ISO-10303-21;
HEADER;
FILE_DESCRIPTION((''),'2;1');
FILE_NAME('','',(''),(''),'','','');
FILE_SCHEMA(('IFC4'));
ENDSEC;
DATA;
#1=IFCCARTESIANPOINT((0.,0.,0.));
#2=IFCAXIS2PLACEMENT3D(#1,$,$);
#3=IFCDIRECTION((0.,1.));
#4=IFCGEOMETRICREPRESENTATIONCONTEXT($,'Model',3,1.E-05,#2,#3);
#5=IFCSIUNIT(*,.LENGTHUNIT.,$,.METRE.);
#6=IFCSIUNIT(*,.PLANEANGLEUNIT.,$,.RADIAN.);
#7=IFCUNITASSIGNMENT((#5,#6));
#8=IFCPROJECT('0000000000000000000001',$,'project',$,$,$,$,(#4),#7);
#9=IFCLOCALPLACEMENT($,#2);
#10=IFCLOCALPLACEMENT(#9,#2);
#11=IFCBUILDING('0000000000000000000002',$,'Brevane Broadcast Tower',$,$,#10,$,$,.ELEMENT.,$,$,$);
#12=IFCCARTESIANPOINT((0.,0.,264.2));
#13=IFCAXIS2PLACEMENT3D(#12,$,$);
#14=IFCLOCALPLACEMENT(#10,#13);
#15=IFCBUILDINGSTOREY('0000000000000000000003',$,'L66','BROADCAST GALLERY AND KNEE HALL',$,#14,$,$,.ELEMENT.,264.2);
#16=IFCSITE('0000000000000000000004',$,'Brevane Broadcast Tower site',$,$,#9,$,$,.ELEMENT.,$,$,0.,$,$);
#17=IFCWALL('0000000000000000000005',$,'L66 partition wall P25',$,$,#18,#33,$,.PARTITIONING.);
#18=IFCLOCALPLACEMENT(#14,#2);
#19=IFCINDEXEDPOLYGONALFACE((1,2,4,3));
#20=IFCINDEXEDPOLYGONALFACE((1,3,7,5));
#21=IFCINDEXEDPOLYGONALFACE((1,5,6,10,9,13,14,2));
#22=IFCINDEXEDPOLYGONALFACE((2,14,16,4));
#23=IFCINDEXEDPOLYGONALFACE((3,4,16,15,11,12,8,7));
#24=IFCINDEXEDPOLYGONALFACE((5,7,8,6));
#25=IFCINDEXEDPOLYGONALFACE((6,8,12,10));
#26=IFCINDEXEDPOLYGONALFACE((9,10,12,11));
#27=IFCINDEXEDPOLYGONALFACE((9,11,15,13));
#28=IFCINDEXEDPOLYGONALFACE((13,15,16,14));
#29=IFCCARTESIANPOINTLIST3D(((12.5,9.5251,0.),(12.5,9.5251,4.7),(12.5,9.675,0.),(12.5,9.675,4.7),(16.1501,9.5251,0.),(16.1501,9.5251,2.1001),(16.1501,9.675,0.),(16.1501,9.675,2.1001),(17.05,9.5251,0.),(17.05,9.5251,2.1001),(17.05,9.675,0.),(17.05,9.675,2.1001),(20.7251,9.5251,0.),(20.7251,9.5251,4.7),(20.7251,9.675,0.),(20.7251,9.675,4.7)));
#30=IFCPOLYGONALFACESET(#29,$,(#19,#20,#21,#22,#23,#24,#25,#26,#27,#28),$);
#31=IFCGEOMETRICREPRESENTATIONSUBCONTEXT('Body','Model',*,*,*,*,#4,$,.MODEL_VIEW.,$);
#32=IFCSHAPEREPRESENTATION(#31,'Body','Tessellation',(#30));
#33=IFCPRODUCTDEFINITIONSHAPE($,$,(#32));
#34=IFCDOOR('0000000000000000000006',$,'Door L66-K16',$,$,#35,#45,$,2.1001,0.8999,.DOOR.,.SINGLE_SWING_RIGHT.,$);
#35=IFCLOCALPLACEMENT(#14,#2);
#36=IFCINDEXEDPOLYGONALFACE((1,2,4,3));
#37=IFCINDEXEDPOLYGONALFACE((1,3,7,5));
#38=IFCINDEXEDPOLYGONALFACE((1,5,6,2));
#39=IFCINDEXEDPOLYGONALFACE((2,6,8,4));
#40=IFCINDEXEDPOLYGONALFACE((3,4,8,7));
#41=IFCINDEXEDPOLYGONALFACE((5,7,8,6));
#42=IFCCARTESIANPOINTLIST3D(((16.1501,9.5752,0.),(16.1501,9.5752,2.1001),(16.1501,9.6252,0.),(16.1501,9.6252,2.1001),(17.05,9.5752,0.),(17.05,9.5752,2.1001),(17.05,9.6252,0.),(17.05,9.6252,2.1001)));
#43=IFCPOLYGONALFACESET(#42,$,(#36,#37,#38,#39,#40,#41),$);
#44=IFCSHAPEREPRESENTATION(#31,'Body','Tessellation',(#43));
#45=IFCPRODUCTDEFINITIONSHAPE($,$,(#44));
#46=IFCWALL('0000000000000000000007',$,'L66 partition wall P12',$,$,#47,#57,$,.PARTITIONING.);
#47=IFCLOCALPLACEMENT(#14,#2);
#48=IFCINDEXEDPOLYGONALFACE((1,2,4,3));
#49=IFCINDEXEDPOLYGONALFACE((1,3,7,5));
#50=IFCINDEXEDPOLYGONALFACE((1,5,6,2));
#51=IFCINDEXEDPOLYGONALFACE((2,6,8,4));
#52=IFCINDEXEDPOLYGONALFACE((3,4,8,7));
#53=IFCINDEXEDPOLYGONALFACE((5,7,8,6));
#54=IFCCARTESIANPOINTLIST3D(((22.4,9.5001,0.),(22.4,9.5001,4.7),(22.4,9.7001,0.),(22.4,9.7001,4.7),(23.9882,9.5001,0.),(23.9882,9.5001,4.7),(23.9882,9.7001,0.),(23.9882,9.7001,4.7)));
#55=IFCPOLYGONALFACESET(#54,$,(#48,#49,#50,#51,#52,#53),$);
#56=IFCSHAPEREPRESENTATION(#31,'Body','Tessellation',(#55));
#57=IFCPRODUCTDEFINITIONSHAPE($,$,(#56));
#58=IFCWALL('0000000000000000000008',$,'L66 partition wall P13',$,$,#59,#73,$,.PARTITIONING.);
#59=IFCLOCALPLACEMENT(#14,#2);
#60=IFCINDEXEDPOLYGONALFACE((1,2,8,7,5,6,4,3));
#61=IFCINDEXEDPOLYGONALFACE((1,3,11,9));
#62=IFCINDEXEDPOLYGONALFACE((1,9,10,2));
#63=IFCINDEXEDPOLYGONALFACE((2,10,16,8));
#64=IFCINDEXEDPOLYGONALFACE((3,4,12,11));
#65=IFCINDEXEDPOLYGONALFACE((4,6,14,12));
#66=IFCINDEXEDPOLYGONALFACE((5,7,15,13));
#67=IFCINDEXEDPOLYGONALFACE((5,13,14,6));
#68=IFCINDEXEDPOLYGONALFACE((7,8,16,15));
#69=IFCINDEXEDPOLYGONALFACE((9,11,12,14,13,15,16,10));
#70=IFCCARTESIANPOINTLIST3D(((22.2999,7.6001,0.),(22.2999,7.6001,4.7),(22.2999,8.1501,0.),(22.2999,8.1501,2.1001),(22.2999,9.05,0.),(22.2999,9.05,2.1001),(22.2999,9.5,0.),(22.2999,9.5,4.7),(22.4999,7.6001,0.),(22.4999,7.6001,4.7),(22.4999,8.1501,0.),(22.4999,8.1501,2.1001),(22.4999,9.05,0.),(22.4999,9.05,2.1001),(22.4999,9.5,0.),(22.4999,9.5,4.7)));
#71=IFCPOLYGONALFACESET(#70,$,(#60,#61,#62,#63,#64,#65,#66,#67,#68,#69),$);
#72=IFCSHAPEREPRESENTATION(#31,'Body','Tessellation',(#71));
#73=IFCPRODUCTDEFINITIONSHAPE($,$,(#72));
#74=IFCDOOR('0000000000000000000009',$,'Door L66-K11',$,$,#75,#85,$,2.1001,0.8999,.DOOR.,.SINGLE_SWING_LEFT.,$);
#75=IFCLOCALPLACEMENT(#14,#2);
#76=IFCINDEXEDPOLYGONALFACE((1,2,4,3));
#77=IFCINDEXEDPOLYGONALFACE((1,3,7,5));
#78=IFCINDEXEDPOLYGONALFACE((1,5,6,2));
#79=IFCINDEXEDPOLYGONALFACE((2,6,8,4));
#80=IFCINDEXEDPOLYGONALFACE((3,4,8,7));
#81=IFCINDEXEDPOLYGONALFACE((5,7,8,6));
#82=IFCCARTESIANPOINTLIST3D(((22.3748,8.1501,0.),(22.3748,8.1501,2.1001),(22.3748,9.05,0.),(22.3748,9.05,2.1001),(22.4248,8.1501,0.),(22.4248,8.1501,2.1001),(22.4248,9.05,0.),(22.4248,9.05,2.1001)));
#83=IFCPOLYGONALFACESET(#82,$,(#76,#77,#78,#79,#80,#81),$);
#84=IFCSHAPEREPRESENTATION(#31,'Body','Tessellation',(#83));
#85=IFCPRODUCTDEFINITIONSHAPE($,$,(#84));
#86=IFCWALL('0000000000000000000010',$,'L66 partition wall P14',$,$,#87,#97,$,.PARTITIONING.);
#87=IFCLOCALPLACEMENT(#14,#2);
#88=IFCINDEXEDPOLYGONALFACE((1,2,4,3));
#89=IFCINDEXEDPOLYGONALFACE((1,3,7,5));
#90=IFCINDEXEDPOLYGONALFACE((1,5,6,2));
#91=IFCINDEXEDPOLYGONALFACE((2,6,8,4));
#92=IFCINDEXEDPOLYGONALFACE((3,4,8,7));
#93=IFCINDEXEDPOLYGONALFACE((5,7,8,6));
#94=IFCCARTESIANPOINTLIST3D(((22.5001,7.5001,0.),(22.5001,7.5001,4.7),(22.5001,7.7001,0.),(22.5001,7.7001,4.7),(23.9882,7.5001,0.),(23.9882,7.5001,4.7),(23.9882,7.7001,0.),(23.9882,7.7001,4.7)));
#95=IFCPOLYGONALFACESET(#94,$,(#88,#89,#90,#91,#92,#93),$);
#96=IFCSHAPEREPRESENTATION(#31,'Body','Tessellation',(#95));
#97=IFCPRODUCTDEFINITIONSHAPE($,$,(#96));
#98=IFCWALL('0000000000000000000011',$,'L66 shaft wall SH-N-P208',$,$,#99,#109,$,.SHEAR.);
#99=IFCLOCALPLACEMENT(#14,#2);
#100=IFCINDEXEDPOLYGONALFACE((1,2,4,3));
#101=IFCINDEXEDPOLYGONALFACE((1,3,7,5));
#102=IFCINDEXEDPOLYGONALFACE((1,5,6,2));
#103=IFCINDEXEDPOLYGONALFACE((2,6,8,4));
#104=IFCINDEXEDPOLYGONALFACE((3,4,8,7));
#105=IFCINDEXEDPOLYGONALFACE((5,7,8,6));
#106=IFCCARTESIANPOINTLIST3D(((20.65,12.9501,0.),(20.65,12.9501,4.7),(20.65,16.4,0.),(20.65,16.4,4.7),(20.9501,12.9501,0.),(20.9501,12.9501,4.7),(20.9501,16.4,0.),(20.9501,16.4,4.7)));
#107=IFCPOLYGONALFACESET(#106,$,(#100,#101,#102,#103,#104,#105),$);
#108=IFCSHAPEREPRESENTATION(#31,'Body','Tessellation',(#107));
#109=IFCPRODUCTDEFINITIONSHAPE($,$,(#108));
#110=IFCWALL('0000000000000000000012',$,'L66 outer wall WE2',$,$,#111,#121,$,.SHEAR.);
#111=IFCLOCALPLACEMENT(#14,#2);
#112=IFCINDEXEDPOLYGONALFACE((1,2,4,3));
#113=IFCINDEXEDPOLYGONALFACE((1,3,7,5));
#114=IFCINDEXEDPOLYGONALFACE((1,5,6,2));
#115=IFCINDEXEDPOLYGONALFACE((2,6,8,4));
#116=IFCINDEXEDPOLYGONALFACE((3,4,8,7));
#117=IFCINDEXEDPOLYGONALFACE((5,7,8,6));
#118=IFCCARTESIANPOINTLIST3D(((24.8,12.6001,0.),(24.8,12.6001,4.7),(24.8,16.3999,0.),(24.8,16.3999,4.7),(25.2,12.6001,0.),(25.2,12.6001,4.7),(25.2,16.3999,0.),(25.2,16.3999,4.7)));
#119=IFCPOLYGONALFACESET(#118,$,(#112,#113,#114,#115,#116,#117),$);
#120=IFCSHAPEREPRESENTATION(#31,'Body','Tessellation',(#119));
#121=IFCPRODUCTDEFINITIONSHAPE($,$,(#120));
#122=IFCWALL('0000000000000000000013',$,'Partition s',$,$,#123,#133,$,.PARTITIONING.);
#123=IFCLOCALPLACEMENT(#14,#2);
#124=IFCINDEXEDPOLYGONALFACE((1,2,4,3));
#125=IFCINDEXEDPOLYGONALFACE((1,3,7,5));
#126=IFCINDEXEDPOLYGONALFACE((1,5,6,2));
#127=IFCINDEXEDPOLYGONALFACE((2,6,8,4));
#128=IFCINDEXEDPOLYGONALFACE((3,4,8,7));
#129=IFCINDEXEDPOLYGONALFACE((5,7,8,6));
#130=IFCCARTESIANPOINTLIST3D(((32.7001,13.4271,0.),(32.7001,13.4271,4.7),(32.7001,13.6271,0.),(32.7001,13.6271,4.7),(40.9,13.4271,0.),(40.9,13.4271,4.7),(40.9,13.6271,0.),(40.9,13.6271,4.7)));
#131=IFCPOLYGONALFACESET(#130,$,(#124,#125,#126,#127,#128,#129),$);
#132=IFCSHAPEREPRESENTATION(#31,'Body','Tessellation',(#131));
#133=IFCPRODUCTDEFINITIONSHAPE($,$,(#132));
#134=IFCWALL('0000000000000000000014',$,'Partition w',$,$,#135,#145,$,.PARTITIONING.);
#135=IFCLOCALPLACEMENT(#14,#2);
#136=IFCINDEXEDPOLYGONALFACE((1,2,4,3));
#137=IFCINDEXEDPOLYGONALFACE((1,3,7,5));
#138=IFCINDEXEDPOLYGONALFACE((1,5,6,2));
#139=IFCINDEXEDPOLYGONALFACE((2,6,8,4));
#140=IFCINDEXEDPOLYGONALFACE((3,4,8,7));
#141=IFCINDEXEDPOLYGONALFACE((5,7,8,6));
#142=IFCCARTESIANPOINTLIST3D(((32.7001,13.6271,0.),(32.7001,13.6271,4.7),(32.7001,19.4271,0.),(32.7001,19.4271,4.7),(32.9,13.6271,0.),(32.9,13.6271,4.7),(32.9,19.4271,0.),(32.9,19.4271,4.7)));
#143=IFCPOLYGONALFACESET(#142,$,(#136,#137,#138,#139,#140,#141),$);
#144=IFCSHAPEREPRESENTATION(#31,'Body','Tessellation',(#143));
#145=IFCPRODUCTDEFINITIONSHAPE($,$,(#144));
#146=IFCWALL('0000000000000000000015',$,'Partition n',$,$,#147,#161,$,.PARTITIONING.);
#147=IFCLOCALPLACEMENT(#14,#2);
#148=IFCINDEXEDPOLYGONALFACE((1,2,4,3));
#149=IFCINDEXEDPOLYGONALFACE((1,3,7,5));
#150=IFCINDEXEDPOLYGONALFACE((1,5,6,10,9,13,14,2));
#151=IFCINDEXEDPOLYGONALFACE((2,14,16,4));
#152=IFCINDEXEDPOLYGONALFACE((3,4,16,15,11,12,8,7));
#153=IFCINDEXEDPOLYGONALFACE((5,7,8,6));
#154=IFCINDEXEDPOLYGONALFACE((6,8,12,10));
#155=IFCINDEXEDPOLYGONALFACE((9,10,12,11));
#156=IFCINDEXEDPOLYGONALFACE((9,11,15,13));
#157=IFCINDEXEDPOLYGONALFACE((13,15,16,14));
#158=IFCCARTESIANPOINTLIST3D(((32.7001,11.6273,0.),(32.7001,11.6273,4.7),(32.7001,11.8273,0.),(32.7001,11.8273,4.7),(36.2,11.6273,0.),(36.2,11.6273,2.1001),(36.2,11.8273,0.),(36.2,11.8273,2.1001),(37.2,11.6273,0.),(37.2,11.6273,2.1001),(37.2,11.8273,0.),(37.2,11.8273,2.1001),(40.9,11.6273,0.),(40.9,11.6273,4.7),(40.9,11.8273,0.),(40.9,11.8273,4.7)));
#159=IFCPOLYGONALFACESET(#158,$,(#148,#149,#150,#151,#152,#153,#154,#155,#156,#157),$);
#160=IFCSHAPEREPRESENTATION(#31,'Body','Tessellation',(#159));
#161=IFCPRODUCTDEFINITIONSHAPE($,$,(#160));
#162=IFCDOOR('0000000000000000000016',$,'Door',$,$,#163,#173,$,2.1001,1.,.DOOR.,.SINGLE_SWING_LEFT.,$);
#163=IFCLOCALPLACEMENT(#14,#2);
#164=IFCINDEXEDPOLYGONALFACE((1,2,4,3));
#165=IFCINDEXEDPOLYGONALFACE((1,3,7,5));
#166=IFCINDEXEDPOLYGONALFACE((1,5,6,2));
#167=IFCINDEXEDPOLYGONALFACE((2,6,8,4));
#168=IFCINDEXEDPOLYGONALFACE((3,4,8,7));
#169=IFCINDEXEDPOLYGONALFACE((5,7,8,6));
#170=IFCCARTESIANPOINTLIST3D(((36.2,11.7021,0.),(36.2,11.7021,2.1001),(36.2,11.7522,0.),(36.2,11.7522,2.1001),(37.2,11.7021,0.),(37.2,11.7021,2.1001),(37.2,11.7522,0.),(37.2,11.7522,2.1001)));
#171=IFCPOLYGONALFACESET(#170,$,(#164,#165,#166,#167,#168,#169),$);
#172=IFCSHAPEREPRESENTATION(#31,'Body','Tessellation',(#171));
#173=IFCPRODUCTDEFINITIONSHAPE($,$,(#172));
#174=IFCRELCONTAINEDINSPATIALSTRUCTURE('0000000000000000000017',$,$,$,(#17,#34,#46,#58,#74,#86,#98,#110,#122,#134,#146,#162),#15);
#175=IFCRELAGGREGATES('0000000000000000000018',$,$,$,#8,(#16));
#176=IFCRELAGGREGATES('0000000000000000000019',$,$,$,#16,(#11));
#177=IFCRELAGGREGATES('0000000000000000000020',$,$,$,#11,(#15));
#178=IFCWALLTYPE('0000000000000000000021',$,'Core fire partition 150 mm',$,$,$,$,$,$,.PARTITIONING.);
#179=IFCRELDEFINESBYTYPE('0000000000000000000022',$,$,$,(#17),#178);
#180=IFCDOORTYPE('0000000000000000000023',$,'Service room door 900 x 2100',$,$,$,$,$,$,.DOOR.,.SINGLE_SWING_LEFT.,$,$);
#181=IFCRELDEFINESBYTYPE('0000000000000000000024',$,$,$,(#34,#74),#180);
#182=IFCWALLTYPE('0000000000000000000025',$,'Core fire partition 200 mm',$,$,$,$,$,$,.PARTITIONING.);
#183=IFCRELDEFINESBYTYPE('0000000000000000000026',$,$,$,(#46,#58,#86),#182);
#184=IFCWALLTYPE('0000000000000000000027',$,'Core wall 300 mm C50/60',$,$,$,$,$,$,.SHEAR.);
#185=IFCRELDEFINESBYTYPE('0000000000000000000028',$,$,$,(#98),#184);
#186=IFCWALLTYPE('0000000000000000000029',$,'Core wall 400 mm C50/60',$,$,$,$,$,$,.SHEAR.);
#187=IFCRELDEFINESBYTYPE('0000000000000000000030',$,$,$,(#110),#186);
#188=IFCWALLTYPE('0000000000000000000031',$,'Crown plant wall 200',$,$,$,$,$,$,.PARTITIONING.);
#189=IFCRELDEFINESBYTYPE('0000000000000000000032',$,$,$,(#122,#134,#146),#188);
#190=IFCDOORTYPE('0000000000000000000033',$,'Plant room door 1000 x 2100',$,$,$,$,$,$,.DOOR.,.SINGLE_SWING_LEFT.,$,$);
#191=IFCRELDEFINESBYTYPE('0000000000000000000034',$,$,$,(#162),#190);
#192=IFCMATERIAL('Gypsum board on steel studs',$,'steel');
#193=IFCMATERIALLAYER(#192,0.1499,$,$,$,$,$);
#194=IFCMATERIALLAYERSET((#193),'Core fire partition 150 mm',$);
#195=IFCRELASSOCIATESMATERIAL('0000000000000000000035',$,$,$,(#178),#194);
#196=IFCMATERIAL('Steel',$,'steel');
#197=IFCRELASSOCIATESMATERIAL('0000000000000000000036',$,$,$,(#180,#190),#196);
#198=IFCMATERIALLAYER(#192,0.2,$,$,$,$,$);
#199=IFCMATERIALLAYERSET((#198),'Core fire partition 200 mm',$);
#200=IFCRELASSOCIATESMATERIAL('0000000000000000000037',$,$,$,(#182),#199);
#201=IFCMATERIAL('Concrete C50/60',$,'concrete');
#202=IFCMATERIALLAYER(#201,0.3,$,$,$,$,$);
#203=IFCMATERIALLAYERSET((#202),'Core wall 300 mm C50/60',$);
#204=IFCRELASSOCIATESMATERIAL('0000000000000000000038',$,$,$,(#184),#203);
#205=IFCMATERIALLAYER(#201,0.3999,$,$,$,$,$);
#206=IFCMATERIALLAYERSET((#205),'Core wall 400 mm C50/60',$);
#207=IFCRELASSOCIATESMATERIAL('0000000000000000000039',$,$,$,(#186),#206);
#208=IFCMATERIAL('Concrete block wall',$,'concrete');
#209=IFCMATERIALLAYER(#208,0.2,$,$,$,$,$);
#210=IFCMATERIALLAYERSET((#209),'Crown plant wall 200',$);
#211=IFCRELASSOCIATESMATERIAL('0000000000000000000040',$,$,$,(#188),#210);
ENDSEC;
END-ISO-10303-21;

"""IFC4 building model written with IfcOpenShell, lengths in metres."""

from ifc_helpers import new_model, si_unit, direction, frame, frame_2d, origin, place, context, subcontext, project, spatial, rectangle, extrude, material, layer, layer_set, type_object, element, fill, save


model = new_model("IFC4")

# Units and contexts
model_context = context("Model", 3, precision=1e-05, world=origin(), true_north=direction((0.0, 1.0)))
body_context = subcontext(model_context, "Body", "Model", "MODEL_VIEW")
ifc_project = project(units=[si_unit("LENGTHUNIT", "METRE"), si_unit("PLANEANGLEUNIT", "RADIAN")], contexts=[model_context])

# Site, building, storey
site_placement = place(None, origin())
site = spatial("IfcSite", under=ifc_project, at=site_placement, Name="Brevane Broadcast Tower site", CompositionType="ELEMENT", RefElevation=0.0)
building_placement = place(site_placement, origin())
building = spatial("IfcBuilding", under=site, at=building_placement, Name="Brevane Broadcast Tower", CompositionType="ELEMENT")
storey_placement = place(building_placement, frame((0.0, 0.0, 264.2)))
storey = spatial("IfcBuildingStorey", under=building, at=storey_placement, Name="L66", Description="BROADCAST GALLERY AND KNEE HALL", CompositionType="ELEMENT", Elevation=264.2)

# Wall, opening, door
ifc_material_1 = material(Name="Gypsum board on steel studs", Category="steel")
ifc_layer_1 = layer(ifc_material_1, 0.1499)
ifc_layer_set_1 = layer_set([ifc_layer_1], Name="Core fire partition 150 mm")
wall_type_1 = type_object("IfcWallType", Name="Core fire partition 150 mm", PredefinedType="PARTITIONING", material=ifc_layer_set_1)
wall_1_placement = place(storey_placement, frame((20.7251, 9.6001, 0.0), z_axis=(0.0, 0.0, 1.0), x_axis=(-1.0, 0.0, 0.0)))
wall_1 = element("IfcWall", 1, at=wall_1_placement, inside=storey, type_object=wall_type_1, Name="L66 partition wall P25", PredefinedType="PARTITIONING", context=body_context, shape_type="SweptSolid", body=[
    extrude(rectangle(XDim=8.2251, YDim=0.1499, at=frame_2d((4.1125, 0.0))), origin(), (0.0, 0.0, 1.0), 4.7),
])
opening_1_placement = place(wall_1_placement, frame((3.675, 0.0, 0.0)))
opening_1 = element("IfcOpeningElement", 2, at=opening_1_placement, cuts=wall_1, PredefinedType="OPENING", context=body_context, shape_type="SweptSolid", body=[
    extrude(rectangle(XDim=0.8999, YDim=2.1001, at=frame_2d((0.45, 1.05))), frame((0.0, 0.085, 0.0), z_axis=(0.0, -1.0, 0.0), x_axis=(1.0, 0.0, 0.0)), (0.0, 0.0, 1.0), 0.1699),
])
ifc_material_2 = material(Name="Steel", Category="steel")
door_type_1 = type_object("IfcDoorType", Name="Service room door 900 x 2100", OperationType="SINGLE_SWING_LEFT", PredefinedType="DOOR", material=ifc_material_2)
door_1_placement = place(opening_1_placement, origin())
door_1 = element("IfcDoor", 3, at=door_1_placement, inside=storey, type_object=door_type_1, Name="Door L66-K16", OperationType="SINGLE_SWING_RIGHT", OverallHeight=2.1001, OverallWidth=0.8999, PredefinedType="DOOR", context=body_context, shape_type="SweptSolid", body=[
    extrude(rectangle(XDim=0.8999, YDim=2.1001, at=frame_2d((0.45, 1.05))), frame((0.0, 0.0249, 0.0), z_axis=(0.0, -1.0, 0.0), x_axis=(1.0, 0.0, 0.0)), (0.0, 0.0, 1.0), 0.05),
])
fill(opening_1, door_1)

# Wall
ifc_layer_2 = layer(ifc_material_1, 0.2)
ifc_layer_set_2 = layer_set([ifc_layer_2], Name="Core fire partition 200 mm")
wall_type_2 = type_object("IfcWallType", Name="Core fire partition 200 mm", PredefinedType="PARTITIONING", material=ifc_layer_set_2)
wall_2_placement = place(storey_placement, frame((23.988, 9.6001, 0.0), z_axis=(0.0, 0.0, 1.0), x_axis=(-1.0, 0.0, 0.0)))
element("IfcWall", 4, at=wall_2_placement, inside=storey, type_object=wall_type_2, Name="L66 partition wall P12", PredefinedType="PARTITIONING", context=body_context, shape_type="SweptSolid", body=[
    extrude(rectangle(XDim=1.5881, YDim=0.2, at=frame_2d((0.7939, 0.0))), origin(), (0.0, 0.0, 1.0), 4.7),
])

# Wall, opening, door
wall_3_placement = place(storey_placement, frame((22.3999, 9.5, 0.0), z_axis=(0.0, 0.0, 1.0), x_axis=(0.0, -1.0, 0.0)))
wall_3 = element("IfcWall", 5, at=wall_3_placement, inside=storey, type_object=wall_type_2, Name="L66 partition wall P13", PredefinedType="PARTITIONING", context=body_context, shape_type="SweptSolid", body=[
    extrude(rectangle(XDim=1.8999, YDim=0.2, at=frame_2d((0.95, 0.0))), origin(), (0.0, 0.0, 1.0), 4.7),
])
opening_2_placement = place(wall_3_placement, frame((0.45, 0.0, 0.0)))
opening_2 = element("IfcOpeningElement", 6, at=opening_2_placement, cuts=wall_3, PredefinedType="OPENING", context=body_context, shape_type="SweptSolid", body=[
    extrude(rectangle(XDim=0.8999, YDim=2.1001, at=frame_2d((0.45, 1.05))), frame((0.0, 0.1099, 0.0), z_axis=(0.0, -1.0, 0.0), x_axis=(1.0, 0.0, 0.0)), (0.0, 0.0, 1.0), 0.22),
])
door_2_placement = place(opening_2_placement, origin())
door_2 = element("IfcDoor", 7, at=door_2_placement, inside=storey, type_object=door_type_1, Name="Door L66-K11", OperationType="SINGLE_SWING_LEFT", OverallHeight=2.1001, OverallWidth=0.8999, PredefinedType="DOOR", context=body_context, shape_type="SweptSolid", body=[
    extrude(rectangle(XDim=0.8999, YDim=2.1001, at=frame_2d((0.45, 1.05))), frame((0.0, 0.0249, 0.0), z_axis=(0.0, -1.0, 0.0), x_axis=(1.0, 0.0, 0.0)), (0.0, 0.0, 1.0), 0.05),
])
fill(opening_2, door_2)

# Walls
wall_4_placement = place(storey_placement, frame((22.5, 7.6001, 0.0), z_axis=(0.0, 0.0, 1.0), x_axis=(1.0, 0.0, 0.0)))
element("IfcWall", 8, at=wall_4_placement, inside=storey, type_object=wall_type_2, Name="L66 partition wall P14", PredefinedType="PARTITIONING", context=body_context, shape_type="SweptSolid", body=[
    extrude(rectangle(XDim=1.488, YDim=0.2, at=frame_2d((0.7441, 0.0))), origin(), (0.0, 0.0, 1.0), 4.7),
])
ifc_material_3 = material(Name="Concrete C50/60", Category="concrete")
ifc_layer_3 = layer(ifc_material_3, 0.3)
ifc_layer_set_3 = layer_set([ifc_layer_3], Name="Core wall 300 mm C50/60")
wall_type_3 = type_object("IfcWallType", Name="Core wall 300 mm C50/60", PredefinedType="SHEAR", material=ifc_layer_set_3)
wall_5_placement = place(storey_placement, frame((20.8, 12.95, 0.0), z_axis=(0.0, 0.0, 1.0), x_axis=(0.0, 1.0, 0.0)))
element("IfcWall", 9, at=wall_5_placement, inside=storey, type_object=wall_type_3, Name="L66 shaft wall SH-N-P208", PredefinedType="SHEAR", context=body_context, shape_type="SweptSolid", body=[
    extrude(rectangle(XDim=3.45, YDim=0.3, at=frame_2d((1.7251, 0.0))), origin(), (0.0, 0.0, 1.0), 4.7),
])
ifc_layer_4 = layer(ifc_material_3, 0.3999)
ifc_layer_set_4 = layer_set([ifc_layer_4], Name="Core wall 400 mm C50/60")
wall_type_4 = type_object("IfcWallType", Name="Core wall 400 mm C50/60", PredefinedType="SHEAR", material=ifc_layer_set_4)
wall_6_placement = place(storey_placement, frame((25.0, 12.6001, 0.0), z_axis=(0.0, 0.0, 1.0), x_axis=(0.0, 1.0, 0.0)))
element("IfcWall", 10, at=wall_6_placement, inside=storey, type_object=wall_type_4, Name="L66 outer wall WE2", PredefinedType="SHEAR", context=body_context, shape_type="SweptSolid", body=[
    extrude(rectangle(XDim=3.7998, YDim=0.3999, at=frame_2d((1.8999, 0.0))), origin(), (0.0, 0.0, 1.0), 4.7),
])
ifc_material_4 = material(Name="Concrete block wall", Category="concrete")
ifc_layer_5 = layer(ifc_material_4, 0.2)
ifc_layer_set_5 = layer_set([ifc_layer_5], Name="Crown plant wall 200")
wall_type_5 = type_object("IfcWallType", Name="Crown plant wall 200", PredefinedType="PARTITIONING", material=ifc_layer_set_5)
wall_7_placement = place(storey_placement, frame((32.7, 13.5271, 0.0), z_axis=(0.0, 0.0, 1.0), x_axis=(1.0, 0.0, 0.0)))
element("IfcWall", 11, at=wall_7_placement, inside=storey, type_object=wall_type_5, Name="Partition s", PredefinedType="PARTITIONING", context=body_context, shape_type="SweptSolid", body=[
    extrude(rectangle(XDim=8.2, YDim=0.2, at=frame_2d((4.1001, 0.0))), origin(), (0.0, 0.0, 1.0), 4.7),
])
wall_8_placement = place(storey_placement, frame((32.8, 13.6272, 0.0), z_axis=(0.0, 0.0, 1.0), x_axis=(0.0, 1.0, 0.0)))
element("IfcWall", 12, at=wall_8_placement, inside=storey, type_object=wall_type_5, Name="Partition w", PredefinedType="PARTITIONING", context=body_context, shape_type="SweptSolid", body=[
    extrude(rectangle(XDim=5.8, YDim=0.2, at=frame_2d((2.8999, 0.0))), origin(), (0.0, 0.0, 1.0), 4.7),
])

# Wall, opening, door
wall_9_placement = place(storey_placement, frame((32.7, 11.7273, 0.0), z_axis=(0.0, 0.0, 1.0), x_axis=(1.0, 0.0, 0.0)))
wall_9 = element("IfcWall", 13, at=wall_9_placement, inside=storey, type_object=wall_type_5, Name="Partition n", PredefinedType="PARTITIONING", context=body_context, shape_type="SweptSolid", body=[
    extrude(rectangle(XDim=8.2, YDim=0.2, at=frame_2d((4.1001, 0.0))), origin(), (0.0, 0.0, 1.0), 4.7),
])
opening_3_placement = place(wall_9_placement, frame((3.5, 0.0, 0.0)))
opening_3 = element("IfcOpeningElement", 14, at=opening_3_placement, cuts=wall_9, PredefinedType="OPENING", context=body_context, shape_type="SweptSolid", body=[
    extrude(rectangle(XDim=1.0, YDim=2.1001, at=frame_2d((0.5, 1.05))), frame((0.0, 0.1099, 0.0), z_axis=(0.0, -1.0, 0.0), x_axis=(1.0, 0.0, 0.0)), (0.0, 0.0, 1.0), 0.22),
])
door_type_2 = type_object("IfcDoorType", Name="Plant room door 1000 x 2100", OperationType="SINGLE_SWING_LEFT", PredefinedType="DOOR", material=ifc_material_2)
door_3_placement = place(opening_3_placement, origin())
door_3 = element("IfcDoor", 15, at=door_3_placement, inside=storey, type_object=door_type_2, Name="Door", OperationType="SINGLE_SWING_LEFT", OverallHeight=2.1001, OverallWidth=1.0, PredefinedType="DOOR", context=body_context, shape_type="SweptSolid", body=[
    extrude(rectangle(XDim=1.0, YDim=2.1001, at=frame_2d((0.5, 1.05))), frame((0.0, 0.0249, 0.0), z_axis=(0.0, -1.0, 0.0), x_axis=(1.0, 0.0, 0.0)), (0.0, 0.0, 1.0), 0.05),
])
fill(opening_3, door_3)

save(model, "model.ifc")
